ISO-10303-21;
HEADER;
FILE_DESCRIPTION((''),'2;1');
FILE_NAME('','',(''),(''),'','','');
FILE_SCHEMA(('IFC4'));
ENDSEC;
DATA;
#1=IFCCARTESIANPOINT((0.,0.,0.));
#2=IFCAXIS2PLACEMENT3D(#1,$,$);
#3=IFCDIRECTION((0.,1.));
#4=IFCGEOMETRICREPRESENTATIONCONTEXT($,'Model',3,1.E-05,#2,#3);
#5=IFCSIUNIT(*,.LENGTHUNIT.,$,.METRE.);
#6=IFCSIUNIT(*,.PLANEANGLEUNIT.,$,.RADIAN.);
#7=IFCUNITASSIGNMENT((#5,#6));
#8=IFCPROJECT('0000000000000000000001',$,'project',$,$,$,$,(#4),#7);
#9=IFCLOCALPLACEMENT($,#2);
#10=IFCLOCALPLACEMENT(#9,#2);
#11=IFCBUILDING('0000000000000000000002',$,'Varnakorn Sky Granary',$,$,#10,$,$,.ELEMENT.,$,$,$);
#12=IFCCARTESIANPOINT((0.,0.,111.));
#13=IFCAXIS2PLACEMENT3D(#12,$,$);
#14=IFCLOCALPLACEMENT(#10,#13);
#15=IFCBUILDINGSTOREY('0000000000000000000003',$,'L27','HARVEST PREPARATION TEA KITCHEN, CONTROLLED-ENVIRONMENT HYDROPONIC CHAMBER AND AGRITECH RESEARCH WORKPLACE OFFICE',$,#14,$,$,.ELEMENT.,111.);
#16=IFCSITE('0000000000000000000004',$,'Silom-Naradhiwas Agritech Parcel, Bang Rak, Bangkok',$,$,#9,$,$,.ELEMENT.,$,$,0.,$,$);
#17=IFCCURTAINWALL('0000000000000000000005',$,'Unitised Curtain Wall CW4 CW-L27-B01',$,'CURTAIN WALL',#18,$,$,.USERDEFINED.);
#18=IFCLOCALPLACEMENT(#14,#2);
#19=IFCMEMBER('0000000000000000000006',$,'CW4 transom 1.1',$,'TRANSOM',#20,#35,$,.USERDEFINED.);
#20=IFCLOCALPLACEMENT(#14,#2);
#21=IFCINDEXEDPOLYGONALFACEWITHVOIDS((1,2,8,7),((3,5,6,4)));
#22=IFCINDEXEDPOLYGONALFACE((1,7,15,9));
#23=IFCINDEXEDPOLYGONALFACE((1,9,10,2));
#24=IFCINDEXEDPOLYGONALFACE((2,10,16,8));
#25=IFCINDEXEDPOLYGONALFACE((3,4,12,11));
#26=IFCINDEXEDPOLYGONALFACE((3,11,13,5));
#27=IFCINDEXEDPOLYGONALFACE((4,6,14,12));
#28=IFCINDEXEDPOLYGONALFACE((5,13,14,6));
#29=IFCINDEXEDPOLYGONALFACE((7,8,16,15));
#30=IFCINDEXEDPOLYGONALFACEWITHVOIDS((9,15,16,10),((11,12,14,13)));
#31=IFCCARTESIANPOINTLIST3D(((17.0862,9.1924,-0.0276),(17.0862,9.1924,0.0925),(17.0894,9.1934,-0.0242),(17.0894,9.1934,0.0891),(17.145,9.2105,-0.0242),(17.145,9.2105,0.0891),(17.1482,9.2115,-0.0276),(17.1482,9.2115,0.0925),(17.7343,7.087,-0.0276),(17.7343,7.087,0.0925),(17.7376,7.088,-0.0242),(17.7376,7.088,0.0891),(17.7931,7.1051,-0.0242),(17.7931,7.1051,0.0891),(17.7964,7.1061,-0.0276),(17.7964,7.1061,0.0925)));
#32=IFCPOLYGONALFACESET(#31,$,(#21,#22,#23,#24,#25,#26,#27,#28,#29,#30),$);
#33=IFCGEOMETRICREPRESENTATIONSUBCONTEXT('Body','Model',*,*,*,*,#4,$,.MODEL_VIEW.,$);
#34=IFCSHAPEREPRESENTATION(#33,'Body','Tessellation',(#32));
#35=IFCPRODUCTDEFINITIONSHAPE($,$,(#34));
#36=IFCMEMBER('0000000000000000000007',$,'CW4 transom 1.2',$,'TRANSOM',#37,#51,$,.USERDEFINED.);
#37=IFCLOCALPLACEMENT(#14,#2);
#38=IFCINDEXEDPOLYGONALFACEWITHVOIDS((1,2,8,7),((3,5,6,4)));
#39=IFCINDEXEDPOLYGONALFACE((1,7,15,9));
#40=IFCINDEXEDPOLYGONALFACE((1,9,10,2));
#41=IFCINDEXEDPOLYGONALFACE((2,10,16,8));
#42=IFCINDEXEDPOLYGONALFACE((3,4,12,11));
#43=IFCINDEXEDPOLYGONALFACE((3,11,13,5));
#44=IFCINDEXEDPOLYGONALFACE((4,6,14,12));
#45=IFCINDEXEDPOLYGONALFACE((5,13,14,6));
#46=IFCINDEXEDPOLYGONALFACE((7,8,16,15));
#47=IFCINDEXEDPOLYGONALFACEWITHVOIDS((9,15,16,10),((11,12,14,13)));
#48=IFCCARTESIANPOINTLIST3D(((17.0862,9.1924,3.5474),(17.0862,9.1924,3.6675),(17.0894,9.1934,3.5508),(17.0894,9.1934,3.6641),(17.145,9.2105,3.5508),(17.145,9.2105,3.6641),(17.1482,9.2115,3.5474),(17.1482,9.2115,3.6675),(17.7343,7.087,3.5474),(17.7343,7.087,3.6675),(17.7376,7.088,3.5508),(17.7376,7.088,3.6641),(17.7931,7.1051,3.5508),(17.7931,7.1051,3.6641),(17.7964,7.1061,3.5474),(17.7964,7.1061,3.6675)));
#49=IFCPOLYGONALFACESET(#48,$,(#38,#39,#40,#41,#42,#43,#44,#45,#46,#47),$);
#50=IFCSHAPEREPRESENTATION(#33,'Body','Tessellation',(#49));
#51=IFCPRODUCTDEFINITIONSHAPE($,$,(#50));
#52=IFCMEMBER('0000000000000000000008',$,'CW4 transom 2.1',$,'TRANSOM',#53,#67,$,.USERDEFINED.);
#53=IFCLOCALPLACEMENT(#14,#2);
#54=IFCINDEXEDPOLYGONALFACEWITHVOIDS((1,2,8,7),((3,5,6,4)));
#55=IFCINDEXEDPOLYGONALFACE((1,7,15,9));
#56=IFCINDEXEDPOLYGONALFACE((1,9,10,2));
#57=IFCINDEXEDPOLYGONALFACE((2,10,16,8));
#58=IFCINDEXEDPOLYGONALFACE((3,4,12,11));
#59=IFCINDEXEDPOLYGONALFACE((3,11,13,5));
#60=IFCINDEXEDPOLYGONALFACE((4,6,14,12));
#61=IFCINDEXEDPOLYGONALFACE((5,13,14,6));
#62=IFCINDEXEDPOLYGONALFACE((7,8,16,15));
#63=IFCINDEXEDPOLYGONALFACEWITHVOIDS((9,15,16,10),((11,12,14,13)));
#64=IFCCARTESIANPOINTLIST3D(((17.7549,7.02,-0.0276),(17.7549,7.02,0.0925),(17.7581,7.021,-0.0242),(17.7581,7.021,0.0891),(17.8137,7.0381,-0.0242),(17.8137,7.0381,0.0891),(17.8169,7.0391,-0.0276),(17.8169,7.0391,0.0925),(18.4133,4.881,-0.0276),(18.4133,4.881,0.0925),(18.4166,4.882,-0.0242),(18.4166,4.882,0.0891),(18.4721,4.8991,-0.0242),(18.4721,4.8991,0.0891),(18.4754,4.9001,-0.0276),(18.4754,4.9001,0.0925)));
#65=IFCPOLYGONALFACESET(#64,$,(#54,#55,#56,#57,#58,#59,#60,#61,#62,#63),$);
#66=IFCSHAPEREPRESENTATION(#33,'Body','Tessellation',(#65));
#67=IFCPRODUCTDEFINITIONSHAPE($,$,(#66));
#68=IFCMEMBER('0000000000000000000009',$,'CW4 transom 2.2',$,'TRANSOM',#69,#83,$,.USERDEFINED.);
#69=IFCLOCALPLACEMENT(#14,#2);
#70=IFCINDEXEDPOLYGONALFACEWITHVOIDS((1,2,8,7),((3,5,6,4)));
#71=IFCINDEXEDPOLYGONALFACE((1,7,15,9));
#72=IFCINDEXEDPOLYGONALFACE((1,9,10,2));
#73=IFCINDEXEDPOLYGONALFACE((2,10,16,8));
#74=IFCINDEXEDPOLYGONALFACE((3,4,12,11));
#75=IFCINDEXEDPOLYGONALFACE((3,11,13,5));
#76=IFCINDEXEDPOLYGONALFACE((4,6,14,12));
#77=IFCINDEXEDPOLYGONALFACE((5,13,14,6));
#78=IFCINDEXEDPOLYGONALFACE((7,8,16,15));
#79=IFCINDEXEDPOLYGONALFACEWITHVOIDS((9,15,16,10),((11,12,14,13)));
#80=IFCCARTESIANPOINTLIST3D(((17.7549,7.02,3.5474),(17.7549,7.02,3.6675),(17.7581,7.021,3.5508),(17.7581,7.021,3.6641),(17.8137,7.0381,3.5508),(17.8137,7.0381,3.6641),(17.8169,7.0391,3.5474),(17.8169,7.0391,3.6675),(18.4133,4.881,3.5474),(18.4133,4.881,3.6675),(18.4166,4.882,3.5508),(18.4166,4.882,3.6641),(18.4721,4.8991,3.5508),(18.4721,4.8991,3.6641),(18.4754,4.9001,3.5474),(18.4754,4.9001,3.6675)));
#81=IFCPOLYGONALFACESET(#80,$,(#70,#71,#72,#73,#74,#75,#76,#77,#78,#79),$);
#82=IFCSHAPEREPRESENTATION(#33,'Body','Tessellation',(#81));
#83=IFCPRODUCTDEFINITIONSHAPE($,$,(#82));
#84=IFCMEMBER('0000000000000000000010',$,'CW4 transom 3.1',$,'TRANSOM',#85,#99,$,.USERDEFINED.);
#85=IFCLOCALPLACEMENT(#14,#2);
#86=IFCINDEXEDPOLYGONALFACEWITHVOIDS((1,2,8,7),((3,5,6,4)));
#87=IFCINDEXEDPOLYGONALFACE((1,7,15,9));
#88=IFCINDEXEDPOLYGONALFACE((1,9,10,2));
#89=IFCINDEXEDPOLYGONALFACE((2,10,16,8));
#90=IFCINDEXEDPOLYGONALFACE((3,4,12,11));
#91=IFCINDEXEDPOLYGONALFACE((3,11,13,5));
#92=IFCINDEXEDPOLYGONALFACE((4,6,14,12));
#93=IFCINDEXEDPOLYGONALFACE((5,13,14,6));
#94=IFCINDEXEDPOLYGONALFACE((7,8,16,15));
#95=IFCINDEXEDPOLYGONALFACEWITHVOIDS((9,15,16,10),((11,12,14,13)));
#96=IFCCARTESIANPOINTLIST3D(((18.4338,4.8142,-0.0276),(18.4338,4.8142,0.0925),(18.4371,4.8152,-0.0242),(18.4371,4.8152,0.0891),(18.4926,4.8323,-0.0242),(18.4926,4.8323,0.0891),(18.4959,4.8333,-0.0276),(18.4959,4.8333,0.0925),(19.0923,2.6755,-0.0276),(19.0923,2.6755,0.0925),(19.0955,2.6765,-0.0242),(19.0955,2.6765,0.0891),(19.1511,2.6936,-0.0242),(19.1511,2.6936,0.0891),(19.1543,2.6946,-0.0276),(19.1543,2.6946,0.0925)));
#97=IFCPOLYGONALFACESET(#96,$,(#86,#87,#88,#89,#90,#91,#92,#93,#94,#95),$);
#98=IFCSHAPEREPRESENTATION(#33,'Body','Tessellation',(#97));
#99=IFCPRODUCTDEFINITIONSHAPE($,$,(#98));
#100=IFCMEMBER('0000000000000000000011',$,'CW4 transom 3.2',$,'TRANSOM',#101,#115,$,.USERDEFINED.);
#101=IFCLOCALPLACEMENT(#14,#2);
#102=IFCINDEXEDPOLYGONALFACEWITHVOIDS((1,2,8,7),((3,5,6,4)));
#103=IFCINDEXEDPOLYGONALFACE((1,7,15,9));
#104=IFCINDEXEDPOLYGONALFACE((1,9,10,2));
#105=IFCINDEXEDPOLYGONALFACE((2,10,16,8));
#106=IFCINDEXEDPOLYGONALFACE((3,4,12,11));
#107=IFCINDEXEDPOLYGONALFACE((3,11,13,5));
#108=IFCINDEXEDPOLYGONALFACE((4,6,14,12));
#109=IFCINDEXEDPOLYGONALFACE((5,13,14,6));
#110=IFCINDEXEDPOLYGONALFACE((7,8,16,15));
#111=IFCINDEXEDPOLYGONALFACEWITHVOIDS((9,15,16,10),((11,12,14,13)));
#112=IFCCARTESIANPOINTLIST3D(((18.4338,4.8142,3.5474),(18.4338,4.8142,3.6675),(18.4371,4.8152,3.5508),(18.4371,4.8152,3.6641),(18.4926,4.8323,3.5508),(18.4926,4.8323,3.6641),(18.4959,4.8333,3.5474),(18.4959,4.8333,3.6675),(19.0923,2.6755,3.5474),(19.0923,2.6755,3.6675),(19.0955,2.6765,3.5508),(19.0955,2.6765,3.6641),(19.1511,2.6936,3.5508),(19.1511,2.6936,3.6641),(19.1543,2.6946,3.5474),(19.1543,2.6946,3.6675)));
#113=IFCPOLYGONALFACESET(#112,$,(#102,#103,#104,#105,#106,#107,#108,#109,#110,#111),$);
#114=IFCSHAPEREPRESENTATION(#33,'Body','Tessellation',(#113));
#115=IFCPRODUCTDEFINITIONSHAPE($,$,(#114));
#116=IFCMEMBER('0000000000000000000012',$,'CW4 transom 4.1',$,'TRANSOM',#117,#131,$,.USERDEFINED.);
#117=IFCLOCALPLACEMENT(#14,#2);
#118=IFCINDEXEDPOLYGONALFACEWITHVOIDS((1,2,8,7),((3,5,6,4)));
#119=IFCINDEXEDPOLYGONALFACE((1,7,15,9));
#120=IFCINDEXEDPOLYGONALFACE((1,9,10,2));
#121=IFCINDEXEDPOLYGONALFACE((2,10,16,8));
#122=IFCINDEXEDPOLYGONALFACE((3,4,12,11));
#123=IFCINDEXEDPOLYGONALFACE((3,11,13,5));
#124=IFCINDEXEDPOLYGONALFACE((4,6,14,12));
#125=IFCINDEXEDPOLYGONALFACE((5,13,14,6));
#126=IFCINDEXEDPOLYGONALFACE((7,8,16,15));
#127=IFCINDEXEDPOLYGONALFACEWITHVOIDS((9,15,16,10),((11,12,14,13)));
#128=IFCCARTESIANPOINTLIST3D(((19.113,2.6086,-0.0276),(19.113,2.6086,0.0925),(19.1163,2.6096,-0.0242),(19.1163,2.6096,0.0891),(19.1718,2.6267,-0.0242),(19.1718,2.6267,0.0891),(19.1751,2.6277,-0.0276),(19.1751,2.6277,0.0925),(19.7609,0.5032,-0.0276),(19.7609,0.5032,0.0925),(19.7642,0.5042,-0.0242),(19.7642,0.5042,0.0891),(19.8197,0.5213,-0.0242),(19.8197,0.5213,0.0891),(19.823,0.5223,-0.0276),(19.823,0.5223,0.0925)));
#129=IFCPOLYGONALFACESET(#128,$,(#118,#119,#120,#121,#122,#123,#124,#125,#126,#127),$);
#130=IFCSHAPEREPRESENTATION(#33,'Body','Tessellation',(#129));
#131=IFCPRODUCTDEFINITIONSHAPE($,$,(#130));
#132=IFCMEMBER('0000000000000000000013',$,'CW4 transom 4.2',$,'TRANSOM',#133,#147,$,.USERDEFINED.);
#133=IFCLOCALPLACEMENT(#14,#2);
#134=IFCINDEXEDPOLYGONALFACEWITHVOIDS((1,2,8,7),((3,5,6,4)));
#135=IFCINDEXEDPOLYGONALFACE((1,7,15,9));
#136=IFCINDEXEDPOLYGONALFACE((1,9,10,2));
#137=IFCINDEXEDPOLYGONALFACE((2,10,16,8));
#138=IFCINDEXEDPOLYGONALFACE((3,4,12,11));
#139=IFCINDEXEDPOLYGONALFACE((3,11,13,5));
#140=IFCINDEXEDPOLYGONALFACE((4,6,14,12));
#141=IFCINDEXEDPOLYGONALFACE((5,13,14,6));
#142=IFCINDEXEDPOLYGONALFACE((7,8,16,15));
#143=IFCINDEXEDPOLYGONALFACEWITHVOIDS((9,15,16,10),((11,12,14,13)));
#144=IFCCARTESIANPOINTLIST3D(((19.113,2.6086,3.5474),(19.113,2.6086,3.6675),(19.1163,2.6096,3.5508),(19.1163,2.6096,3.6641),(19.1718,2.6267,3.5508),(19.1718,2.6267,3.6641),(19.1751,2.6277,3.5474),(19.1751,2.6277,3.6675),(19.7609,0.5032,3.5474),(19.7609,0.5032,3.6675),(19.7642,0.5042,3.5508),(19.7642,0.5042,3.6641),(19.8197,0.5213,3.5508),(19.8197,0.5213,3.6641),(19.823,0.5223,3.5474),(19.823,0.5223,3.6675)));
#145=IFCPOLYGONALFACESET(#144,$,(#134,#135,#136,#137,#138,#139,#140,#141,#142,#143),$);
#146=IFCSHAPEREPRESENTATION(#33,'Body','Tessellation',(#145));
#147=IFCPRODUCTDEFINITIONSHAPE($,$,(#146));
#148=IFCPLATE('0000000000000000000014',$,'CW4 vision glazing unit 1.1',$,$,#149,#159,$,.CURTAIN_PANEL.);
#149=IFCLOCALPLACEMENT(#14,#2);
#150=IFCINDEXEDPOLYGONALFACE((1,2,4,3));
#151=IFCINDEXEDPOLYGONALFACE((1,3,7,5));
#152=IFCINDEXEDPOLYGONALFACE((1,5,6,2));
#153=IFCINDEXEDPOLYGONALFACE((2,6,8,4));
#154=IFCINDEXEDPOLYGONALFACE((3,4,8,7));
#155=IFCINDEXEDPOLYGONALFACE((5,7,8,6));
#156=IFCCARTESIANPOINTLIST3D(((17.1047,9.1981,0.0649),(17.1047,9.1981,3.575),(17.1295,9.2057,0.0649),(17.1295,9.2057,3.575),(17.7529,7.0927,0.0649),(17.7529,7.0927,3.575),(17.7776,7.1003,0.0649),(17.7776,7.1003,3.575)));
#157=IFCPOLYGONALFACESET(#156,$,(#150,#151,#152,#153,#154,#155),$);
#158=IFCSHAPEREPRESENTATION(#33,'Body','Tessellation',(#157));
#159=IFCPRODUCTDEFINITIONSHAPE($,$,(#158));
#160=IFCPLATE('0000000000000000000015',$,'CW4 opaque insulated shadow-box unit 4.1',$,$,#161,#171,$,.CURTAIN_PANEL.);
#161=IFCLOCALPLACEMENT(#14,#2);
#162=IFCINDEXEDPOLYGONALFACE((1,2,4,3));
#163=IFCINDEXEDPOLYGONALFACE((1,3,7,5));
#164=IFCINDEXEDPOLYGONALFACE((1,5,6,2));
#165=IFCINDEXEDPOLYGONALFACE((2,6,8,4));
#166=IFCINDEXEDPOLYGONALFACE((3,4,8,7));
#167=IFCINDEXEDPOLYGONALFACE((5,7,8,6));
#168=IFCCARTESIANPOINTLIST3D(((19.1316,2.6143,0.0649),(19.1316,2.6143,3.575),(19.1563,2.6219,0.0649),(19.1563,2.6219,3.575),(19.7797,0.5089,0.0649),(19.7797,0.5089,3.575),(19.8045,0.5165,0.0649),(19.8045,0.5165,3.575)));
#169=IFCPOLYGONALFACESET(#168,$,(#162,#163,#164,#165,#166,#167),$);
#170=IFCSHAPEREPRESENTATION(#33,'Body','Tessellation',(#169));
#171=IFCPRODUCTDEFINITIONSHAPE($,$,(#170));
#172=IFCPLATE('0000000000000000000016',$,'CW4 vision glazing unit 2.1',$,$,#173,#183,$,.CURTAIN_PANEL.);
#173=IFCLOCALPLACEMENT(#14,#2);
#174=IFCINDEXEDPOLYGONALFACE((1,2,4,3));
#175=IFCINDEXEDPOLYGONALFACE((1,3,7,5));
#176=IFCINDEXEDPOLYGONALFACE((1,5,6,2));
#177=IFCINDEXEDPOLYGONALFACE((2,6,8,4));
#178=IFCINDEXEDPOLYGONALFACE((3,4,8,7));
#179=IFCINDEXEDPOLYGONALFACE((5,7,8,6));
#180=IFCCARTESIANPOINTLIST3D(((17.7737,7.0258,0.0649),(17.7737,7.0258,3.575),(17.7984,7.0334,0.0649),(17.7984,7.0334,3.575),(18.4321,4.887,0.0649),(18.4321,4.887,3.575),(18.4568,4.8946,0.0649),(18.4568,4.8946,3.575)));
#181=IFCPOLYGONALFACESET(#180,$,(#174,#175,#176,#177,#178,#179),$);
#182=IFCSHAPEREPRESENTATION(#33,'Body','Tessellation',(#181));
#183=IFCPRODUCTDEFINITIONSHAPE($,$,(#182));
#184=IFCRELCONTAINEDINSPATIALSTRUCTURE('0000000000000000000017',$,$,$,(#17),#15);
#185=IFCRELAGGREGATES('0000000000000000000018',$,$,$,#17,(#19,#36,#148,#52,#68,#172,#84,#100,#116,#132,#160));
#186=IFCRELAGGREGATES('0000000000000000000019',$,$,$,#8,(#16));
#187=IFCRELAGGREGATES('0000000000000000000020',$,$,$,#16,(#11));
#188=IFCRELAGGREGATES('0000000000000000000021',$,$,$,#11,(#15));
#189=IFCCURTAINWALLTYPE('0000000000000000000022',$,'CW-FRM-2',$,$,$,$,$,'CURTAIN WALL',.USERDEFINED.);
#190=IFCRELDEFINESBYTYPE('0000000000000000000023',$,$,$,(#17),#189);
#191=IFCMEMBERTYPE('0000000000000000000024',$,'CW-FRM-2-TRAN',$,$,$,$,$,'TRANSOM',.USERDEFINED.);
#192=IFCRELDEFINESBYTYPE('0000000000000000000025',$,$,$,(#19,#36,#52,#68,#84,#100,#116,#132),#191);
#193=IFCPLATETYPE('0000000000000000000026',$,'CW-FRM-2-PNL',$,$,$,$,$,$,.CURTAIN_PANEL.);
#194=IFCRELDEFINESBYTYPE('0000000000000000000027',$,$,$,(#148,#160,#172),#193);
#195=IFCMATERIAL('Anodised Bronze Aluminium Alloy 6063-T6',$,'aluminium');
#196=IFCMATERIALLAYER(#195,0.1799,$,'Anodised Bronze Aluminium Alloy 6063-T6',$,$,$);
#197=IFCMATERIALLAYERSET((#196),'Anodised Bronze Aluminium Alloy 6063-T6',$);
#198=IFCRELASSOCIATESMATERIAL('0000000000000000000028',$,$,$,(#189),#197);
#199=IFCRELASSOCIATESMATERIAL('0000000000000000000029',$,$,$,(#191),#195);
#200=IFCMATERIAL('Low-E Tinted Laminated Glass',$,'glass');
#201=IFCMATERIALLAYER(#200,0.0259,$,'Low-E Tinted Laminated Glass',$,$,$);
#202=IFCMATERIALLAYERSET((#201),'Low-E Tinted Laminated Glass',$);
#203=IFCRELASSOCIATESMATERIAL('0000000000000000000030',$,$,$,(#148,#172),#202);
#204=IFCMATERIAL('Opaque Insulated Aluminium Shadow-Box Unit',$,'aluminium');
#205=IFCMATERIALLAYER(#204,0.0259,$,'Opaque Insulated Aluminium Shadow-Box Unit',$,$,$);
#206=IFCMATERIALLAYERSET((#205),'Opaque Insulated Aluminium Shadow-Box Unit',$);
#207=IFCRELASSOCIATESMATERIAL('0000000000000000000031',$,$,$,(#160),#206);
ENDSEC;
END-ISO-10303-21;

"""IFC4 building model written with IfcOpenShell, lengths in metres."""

from ifc_helpers import new_model, si_unit, direction, frame, origin, origin_2d, place, context, subcontext, project, spatial, rectangle, hollow_rectangle, extrude, source, transform, mapped, material, layer, layer_set, material_profile, profile_set, type_object, type_shapes, element, aggregate, save


model = new_model("IFC4")

# Units and contexts
model_context = context("Model", 3, precision=1e-05, world=origin(), true_north=direction((0.0, 1.0)))
body_context = subcontext(model_context, "Body", "Model", "MODEL_VIEW")
ifc_project = project(units=[si_unit("LENGTHUNIT", "METRE"), si_unit("PLANEANGLEUNIT", "RADIAN")], contexts=[model_context])

# Site, building, storey
site_placement = place(None, origin())
site = spatial("IfcSite", under=ifc_project, at=site_placement, Name="Silom-Naradhiwas Agritech Parcel, Bang Rak, Bangkok", CompositionType="ELEMENT", RefElevation=0.0)
building_placement = place(site_placement, origin())
building = spatial("IfcBuilding", under=site, at=building_placement, Name="Varnakorn Sky Granary", CompositionType="ELEMENT")
storey_placement = place(building_placement, frame((0.0, 0.0, 111.0)))
storey = spatial("IfcBuildingStorey", under=building, at=storey_placement, Name="L27", Description="HARVEST PREPARATION TEA KITCHEN, CONTROLLED-ENVIRONMENT HYDROPONIC CHAMBER AND AGRITECH RESEARCH WORKPLACE OFFICE", CompositionType="ELEMENT", Elevation=111.0)

# Curtain wall
ifc_material_1 = material(Name="Anodised Bronze Aluminium Alloy 6063-T6", Category="aluminium")
ifc_layer_1 = layer(ifc_material_1, 0.1799, Name="Anodised Bronze Aluminium Alloy 6063-T6")
ifc_layer_set_1 = layer_set([ifc_layer_1], Name="Anodised Bronze Aluminium Alloy 6063-T6")
curtain_wall_type = type_object("IfcCurtainWallType", Name="CW-FRM-2", ElementType="CURTAIN WALL", PredefinedType="USERDEFINED", material=ifc_layer_set_1)
curtain_wall_1_placement = place(storey_placement, origin())
curtain_wall_1 = element("IfcCurtainWall", 1, at=curtain_wall_1_placement, inside=storey, type_object=curtain_wall_type, Name="Unitised Curtain Wall CW4 CW-L27-B01", ObjectType="CURTAIN WALL", PredefinedType="USERDEFINED")

# Members
ifc_material_profile_1 = material_profile(ifc_material_1, hollow_rectangle(XDim=0.0649, YDim=0.1201, WallThickness=0.0034, at=origin_2d()), Name="ALU TRAN 65x120")
ifc_profile_set_1 = profile_set([ifc_material_profile_1], Name="Anodised Bronze Aluminium Alloy 6063-T6")
member_type_1 = type_object("IfcMemberType", Name="CW-FRM-2-TRAN", ElementType="TRANSOM", PredefinedType="USERDEFINED", material=ifc_profile_set_1)
member_1_placement = place(storey_placement, frame((17.1172, 9.2019, 0.0325), z_axis=(0.294234, -0.955733, 0.0), x_axis=(0.955733, 0.294234, 0.0)))
member_1 = element("IfcMember", 2, at=member_1_placement, type_object=member_type_1, Name="CW4 transom 1.1", ObjectType="TRANSOM", PredefinedType="USERDEFINED", context=body_context, shape_type="SweptSolid", body=[
    extrude(hollow_rectangle(XDim=0.0649, YDim=0.1201, WallThickness=0.0034, at=origin_2d()), origin(), (0.0, 0.0, 1.0), 2.2029),
])
member_2_placement = place(storey_placement, frame((17.1172, 9.2019, 3.6074), z_axis=(0.294234, -0.955733, 0.0), x_axis=(0.955733, 0.294234, 0.0)))
member_2 = element("IfcMember", 3, at=member_2_placement, type_object=member_type_1, Name="CW4 transom 1.2", ObjectType="TRANSOM", PredefinedType="USERDEFINED", context=body_context, shape_type="SweptSolid", body=[
    extrude(hollow_rectangle(XDim=0.0649, YDim=0.1201, WallThickness=0.0034, at=origin_2d()), origin(), (0.0, 0.0, 1.0), 2.2029),
])
member_3_placement = place(storey_placement, frame((17.7859, 7.0295, 0.0325), z_axis=(0.294216, -0.955739, 0.0), x_axis=(0.955739, 0.294216, 0.0)))
member_3 = element("IfcMember", 4, at=member_3_placement, type_object=member_type_1, Name="CW4 transom 2.1", ObjectType="TRANSOM", PredefinedType="USERDEFINED", context=body_context, shape_type="SweptSolid", body=[
    extrude(hollow_rectangle(XDim=0.0649, YDim=0.1201, WallThickness=0.0034, at=origin_2d()), origin(), (0.0, 0.0, 1.0), 2.238),
])
member_4_placement = place(storey_placement, frame((17.7859, 7.0295, 3.6074), z_axis=(0.294216, -0.955739, 0.0), x_axis=(0.955739, 0.294216, 0.0)))
member_4 = element("IfcMember", 5, at=member_4_placement, type_object=member_type_1, Name="CW4 transom 2.2", ObjectType="TRANSOM", PredefinedType="USERDEFINED", context=body_context, shape_type="SweptSolid", body=[
    extrude(hollow_rectangle(XDim=0.0649, YDim=0.1201, WallThickness=0.0034, at=origin_2d()), origin(), (0.0, 0.0, 1.0), 2.238),
])
member_5_placement = place(storey_placement, frame((18.4648, 4.8237, 0.0325), z_axis=(0.294247, -0.955729, 0.0), x_axis=(0.955729, 0.294247, 0.0)))
member_5 = element("IfcMember", 6, at=member_5_placement, type_object=member_type_1, Name="CW4 transom 3.1", ObjectType="TRANSOM", PredefinedType="USERDEFINED", context=body_context, shape_type="SweptSolid", body=[
    extrude(hollow_rectangle(XDim=0.0649, YDim=0.1201, WallThickness=0.0034, at=origin_2d()), origin(), (0.0, 0.0, 1.0), 2.2378),
])
member_6_placement = place(storey_placement, frame((18.4648, 4.8237, 3.6074), z_axis=(0.294247, -0.955729, 0.0), x_axis=(0.955729, 0.294247, 0.0)))
member_6 = element("IfcMember", 7, at=member_6_placement, type_object=member_type_1, Name="CW4 transom 3.2", ObjectType="TRANSOM", PredefinedType="USERDEFINED", context=body_context, shape_type="SweptSolid", body=[
    extrude(hollow_rectangle(XDim=0.0649, YDim=0.1201, WallThickness=0.0034, at=origin_2d()), origin(), (0.0, 0.0, 1.0), 2.2378),
])
member_7_placement = place(storey_placement, frame((19.144, 2.6182, 0.0325), z_axis=(0.294133, -0.955765, 0.0), x_axis=(0.955765, 0.294133, 0.0)))
member_7 = element("IfcMember", 8, at=member_7_placement, type_object=member_type_1, Name="CW4 transom 4.1", ObjectType="TRANSOM", PredefinedType="USERDEFINED", context=body_context, shape_type="SweptSolid", body=[
    extrude(hollow_rectangle(XDim=0.0649, YDim=0.1201, WallThickness=0.0034, at=origin_2d()), origin(), (0.0, 0.0, 1.0), 2.2029),
])
member_8_placement = place(storey_placement, frame((19.144, 2.6182, 3.6074), z_axis=(0.294133, -0.955765, 0.0), x_axis=(0.955765, 0.294133, 0.0)))
member_8 = element("IfcMember", 9, at=member_8_placement, type_object=member_type_1, Name="CW4 transom 4.2", ObjectType="TRANSOM", PredefinedType="USERDEFINED", context=body_context, shape_type="SweptSolid", body=[
    extrude(hollow_rectangle(XDim=0.0649, YDim=0.1201, WallThickness=0.0034, at=origin_2d()), origin(), (0.0, 0.0, 1.0), 2.2029),
])

# Plates
ifc_material_2 = material(Name="Low-E Tinted Laminated Glass", Category="glass")
ifc_layer_2 = layer(ifc_material_2, 0.0259, Name="Low-E Tinted Laminated Glass")
ifc_layer_set_2 = layer_set([ifc_layer_2], Name="Low-E Tinted Laminated Glass")
plate_type = type_object("IfcPlateType", Name="CW-FRM-2-PNL", PredefinedType="CURTAIN_PANEL")
shared_shape_1 = source(origin(), body_context, "Body", "SweptSolid", [
    extrude(rectangle(XDim=2.2029, YDim=0.0259, at=origin_2d()), origin(), (0.0, 0.0, 1.0), 3.51),
])
plate_1_placement = place(storey_placement, frame((17.4412, 8.1492, 0.0649), z_axis=(0.0, 0.0, 1.0), x_axis=(0.294221, -0.955738, 0.0)))
plate_1 = element("IfcPlate", 10, at=plate_1_placement, type_object=plate_type, material=ifc_layer_set_2, Name="CW4 vision glazing unit 1.1", PredefinedType="CURTAIN_PANEL", context=body_context, shape_type="MappedRepresentation", body=[
    mapped(shared_shape_1, transform((0.0, 0.0, 0.0), x_axis=(1.0, 0.0, 0.0), y_axis=(0.0, 1.0, 0.0), z_axis=(0.0, 0.0, 1.0), scale=1.0)),
])
ifc_material_3 = material(Name="Opaque Insulated Aluminium Shadow-Box Unit", Category="aluminium")
ifc_layer_3 = layer(ifc_material_3, 0.0259, Name="Opaque Insulated Aluminium Shadow-Box Unit")
ifc_layer_set_3 = layer_set([ifc_layer_3], Name="Opaque Insulated Aluminium Shadow-Box Unit")
plate_2_placement = place(storey_placement, frame((19.468, 1.5654, 0.0649), z_axis=(0.0, 0.0, 1.0), x_axis=(0.294221, -0.955738, 0.0)))
plate_2 = element("IfcPlate", 11, at=plate_2_placement, type_object=plate_type, material=ifc_layer_set_3, Name="CW4 opaque insulated shadow-box unit 4.1", PredefinedType="CURTAIN_PANEL", context=body_context, shape_type="MappedRepresentation", body=[
    mapped(shared_shape_1, transform((0.0, 0.0, 0.0), x_axis=(1.0, 0.0, 0.0), y_axis=(0.0, 1.0, 0.0), z_axis=(0.0, 0.0, 1.0), scale=1.0)),
])
shared_shape_2 = source(origin(), body_context, "Body", "SweptSolid", [
    extrude(rectangle(XDim=2.2378, YDim=0.0259, at=origin_2d()), origin(), (0.0, 0.0, 1.0), 3.51),
])
type_shapes(plate_type, [shared_shape_1, shared_shape_2])
plate_3_placement = place(storey_placement, frame((18.1152, 5.9602, 0.0649), z_axis=(0.0, 0.0, 1.0), x_axis=(0.294221, -0.955738, 0.0)))
plate_3 = element("IfcPlate", 12, at=plate_3_placement, type_object=plate_type, material=ifc_layer_set_2, Name="CW4 vision glazing unit 2.1", PredefinedType="CURTAIN_PANEL", context=body_context, shape_type="MappedRepresentation", body=[
    mapped(shared_shape_2, transform((0.0, 0.0, 0.0), x_axis=(1.0, 0.0, 0.0), y_axis=(0.0, 1.0, 0.0), z_axis=(0.0, 0.0, 1.0), scale=1.0)),
])
aggregate(curtain_wall_1, [member_1, member_2, plate_1, member_3, member_4, plate_3, member_5, member_6, member_7, member_8, plate_2])

save(model, "model.ifc")
